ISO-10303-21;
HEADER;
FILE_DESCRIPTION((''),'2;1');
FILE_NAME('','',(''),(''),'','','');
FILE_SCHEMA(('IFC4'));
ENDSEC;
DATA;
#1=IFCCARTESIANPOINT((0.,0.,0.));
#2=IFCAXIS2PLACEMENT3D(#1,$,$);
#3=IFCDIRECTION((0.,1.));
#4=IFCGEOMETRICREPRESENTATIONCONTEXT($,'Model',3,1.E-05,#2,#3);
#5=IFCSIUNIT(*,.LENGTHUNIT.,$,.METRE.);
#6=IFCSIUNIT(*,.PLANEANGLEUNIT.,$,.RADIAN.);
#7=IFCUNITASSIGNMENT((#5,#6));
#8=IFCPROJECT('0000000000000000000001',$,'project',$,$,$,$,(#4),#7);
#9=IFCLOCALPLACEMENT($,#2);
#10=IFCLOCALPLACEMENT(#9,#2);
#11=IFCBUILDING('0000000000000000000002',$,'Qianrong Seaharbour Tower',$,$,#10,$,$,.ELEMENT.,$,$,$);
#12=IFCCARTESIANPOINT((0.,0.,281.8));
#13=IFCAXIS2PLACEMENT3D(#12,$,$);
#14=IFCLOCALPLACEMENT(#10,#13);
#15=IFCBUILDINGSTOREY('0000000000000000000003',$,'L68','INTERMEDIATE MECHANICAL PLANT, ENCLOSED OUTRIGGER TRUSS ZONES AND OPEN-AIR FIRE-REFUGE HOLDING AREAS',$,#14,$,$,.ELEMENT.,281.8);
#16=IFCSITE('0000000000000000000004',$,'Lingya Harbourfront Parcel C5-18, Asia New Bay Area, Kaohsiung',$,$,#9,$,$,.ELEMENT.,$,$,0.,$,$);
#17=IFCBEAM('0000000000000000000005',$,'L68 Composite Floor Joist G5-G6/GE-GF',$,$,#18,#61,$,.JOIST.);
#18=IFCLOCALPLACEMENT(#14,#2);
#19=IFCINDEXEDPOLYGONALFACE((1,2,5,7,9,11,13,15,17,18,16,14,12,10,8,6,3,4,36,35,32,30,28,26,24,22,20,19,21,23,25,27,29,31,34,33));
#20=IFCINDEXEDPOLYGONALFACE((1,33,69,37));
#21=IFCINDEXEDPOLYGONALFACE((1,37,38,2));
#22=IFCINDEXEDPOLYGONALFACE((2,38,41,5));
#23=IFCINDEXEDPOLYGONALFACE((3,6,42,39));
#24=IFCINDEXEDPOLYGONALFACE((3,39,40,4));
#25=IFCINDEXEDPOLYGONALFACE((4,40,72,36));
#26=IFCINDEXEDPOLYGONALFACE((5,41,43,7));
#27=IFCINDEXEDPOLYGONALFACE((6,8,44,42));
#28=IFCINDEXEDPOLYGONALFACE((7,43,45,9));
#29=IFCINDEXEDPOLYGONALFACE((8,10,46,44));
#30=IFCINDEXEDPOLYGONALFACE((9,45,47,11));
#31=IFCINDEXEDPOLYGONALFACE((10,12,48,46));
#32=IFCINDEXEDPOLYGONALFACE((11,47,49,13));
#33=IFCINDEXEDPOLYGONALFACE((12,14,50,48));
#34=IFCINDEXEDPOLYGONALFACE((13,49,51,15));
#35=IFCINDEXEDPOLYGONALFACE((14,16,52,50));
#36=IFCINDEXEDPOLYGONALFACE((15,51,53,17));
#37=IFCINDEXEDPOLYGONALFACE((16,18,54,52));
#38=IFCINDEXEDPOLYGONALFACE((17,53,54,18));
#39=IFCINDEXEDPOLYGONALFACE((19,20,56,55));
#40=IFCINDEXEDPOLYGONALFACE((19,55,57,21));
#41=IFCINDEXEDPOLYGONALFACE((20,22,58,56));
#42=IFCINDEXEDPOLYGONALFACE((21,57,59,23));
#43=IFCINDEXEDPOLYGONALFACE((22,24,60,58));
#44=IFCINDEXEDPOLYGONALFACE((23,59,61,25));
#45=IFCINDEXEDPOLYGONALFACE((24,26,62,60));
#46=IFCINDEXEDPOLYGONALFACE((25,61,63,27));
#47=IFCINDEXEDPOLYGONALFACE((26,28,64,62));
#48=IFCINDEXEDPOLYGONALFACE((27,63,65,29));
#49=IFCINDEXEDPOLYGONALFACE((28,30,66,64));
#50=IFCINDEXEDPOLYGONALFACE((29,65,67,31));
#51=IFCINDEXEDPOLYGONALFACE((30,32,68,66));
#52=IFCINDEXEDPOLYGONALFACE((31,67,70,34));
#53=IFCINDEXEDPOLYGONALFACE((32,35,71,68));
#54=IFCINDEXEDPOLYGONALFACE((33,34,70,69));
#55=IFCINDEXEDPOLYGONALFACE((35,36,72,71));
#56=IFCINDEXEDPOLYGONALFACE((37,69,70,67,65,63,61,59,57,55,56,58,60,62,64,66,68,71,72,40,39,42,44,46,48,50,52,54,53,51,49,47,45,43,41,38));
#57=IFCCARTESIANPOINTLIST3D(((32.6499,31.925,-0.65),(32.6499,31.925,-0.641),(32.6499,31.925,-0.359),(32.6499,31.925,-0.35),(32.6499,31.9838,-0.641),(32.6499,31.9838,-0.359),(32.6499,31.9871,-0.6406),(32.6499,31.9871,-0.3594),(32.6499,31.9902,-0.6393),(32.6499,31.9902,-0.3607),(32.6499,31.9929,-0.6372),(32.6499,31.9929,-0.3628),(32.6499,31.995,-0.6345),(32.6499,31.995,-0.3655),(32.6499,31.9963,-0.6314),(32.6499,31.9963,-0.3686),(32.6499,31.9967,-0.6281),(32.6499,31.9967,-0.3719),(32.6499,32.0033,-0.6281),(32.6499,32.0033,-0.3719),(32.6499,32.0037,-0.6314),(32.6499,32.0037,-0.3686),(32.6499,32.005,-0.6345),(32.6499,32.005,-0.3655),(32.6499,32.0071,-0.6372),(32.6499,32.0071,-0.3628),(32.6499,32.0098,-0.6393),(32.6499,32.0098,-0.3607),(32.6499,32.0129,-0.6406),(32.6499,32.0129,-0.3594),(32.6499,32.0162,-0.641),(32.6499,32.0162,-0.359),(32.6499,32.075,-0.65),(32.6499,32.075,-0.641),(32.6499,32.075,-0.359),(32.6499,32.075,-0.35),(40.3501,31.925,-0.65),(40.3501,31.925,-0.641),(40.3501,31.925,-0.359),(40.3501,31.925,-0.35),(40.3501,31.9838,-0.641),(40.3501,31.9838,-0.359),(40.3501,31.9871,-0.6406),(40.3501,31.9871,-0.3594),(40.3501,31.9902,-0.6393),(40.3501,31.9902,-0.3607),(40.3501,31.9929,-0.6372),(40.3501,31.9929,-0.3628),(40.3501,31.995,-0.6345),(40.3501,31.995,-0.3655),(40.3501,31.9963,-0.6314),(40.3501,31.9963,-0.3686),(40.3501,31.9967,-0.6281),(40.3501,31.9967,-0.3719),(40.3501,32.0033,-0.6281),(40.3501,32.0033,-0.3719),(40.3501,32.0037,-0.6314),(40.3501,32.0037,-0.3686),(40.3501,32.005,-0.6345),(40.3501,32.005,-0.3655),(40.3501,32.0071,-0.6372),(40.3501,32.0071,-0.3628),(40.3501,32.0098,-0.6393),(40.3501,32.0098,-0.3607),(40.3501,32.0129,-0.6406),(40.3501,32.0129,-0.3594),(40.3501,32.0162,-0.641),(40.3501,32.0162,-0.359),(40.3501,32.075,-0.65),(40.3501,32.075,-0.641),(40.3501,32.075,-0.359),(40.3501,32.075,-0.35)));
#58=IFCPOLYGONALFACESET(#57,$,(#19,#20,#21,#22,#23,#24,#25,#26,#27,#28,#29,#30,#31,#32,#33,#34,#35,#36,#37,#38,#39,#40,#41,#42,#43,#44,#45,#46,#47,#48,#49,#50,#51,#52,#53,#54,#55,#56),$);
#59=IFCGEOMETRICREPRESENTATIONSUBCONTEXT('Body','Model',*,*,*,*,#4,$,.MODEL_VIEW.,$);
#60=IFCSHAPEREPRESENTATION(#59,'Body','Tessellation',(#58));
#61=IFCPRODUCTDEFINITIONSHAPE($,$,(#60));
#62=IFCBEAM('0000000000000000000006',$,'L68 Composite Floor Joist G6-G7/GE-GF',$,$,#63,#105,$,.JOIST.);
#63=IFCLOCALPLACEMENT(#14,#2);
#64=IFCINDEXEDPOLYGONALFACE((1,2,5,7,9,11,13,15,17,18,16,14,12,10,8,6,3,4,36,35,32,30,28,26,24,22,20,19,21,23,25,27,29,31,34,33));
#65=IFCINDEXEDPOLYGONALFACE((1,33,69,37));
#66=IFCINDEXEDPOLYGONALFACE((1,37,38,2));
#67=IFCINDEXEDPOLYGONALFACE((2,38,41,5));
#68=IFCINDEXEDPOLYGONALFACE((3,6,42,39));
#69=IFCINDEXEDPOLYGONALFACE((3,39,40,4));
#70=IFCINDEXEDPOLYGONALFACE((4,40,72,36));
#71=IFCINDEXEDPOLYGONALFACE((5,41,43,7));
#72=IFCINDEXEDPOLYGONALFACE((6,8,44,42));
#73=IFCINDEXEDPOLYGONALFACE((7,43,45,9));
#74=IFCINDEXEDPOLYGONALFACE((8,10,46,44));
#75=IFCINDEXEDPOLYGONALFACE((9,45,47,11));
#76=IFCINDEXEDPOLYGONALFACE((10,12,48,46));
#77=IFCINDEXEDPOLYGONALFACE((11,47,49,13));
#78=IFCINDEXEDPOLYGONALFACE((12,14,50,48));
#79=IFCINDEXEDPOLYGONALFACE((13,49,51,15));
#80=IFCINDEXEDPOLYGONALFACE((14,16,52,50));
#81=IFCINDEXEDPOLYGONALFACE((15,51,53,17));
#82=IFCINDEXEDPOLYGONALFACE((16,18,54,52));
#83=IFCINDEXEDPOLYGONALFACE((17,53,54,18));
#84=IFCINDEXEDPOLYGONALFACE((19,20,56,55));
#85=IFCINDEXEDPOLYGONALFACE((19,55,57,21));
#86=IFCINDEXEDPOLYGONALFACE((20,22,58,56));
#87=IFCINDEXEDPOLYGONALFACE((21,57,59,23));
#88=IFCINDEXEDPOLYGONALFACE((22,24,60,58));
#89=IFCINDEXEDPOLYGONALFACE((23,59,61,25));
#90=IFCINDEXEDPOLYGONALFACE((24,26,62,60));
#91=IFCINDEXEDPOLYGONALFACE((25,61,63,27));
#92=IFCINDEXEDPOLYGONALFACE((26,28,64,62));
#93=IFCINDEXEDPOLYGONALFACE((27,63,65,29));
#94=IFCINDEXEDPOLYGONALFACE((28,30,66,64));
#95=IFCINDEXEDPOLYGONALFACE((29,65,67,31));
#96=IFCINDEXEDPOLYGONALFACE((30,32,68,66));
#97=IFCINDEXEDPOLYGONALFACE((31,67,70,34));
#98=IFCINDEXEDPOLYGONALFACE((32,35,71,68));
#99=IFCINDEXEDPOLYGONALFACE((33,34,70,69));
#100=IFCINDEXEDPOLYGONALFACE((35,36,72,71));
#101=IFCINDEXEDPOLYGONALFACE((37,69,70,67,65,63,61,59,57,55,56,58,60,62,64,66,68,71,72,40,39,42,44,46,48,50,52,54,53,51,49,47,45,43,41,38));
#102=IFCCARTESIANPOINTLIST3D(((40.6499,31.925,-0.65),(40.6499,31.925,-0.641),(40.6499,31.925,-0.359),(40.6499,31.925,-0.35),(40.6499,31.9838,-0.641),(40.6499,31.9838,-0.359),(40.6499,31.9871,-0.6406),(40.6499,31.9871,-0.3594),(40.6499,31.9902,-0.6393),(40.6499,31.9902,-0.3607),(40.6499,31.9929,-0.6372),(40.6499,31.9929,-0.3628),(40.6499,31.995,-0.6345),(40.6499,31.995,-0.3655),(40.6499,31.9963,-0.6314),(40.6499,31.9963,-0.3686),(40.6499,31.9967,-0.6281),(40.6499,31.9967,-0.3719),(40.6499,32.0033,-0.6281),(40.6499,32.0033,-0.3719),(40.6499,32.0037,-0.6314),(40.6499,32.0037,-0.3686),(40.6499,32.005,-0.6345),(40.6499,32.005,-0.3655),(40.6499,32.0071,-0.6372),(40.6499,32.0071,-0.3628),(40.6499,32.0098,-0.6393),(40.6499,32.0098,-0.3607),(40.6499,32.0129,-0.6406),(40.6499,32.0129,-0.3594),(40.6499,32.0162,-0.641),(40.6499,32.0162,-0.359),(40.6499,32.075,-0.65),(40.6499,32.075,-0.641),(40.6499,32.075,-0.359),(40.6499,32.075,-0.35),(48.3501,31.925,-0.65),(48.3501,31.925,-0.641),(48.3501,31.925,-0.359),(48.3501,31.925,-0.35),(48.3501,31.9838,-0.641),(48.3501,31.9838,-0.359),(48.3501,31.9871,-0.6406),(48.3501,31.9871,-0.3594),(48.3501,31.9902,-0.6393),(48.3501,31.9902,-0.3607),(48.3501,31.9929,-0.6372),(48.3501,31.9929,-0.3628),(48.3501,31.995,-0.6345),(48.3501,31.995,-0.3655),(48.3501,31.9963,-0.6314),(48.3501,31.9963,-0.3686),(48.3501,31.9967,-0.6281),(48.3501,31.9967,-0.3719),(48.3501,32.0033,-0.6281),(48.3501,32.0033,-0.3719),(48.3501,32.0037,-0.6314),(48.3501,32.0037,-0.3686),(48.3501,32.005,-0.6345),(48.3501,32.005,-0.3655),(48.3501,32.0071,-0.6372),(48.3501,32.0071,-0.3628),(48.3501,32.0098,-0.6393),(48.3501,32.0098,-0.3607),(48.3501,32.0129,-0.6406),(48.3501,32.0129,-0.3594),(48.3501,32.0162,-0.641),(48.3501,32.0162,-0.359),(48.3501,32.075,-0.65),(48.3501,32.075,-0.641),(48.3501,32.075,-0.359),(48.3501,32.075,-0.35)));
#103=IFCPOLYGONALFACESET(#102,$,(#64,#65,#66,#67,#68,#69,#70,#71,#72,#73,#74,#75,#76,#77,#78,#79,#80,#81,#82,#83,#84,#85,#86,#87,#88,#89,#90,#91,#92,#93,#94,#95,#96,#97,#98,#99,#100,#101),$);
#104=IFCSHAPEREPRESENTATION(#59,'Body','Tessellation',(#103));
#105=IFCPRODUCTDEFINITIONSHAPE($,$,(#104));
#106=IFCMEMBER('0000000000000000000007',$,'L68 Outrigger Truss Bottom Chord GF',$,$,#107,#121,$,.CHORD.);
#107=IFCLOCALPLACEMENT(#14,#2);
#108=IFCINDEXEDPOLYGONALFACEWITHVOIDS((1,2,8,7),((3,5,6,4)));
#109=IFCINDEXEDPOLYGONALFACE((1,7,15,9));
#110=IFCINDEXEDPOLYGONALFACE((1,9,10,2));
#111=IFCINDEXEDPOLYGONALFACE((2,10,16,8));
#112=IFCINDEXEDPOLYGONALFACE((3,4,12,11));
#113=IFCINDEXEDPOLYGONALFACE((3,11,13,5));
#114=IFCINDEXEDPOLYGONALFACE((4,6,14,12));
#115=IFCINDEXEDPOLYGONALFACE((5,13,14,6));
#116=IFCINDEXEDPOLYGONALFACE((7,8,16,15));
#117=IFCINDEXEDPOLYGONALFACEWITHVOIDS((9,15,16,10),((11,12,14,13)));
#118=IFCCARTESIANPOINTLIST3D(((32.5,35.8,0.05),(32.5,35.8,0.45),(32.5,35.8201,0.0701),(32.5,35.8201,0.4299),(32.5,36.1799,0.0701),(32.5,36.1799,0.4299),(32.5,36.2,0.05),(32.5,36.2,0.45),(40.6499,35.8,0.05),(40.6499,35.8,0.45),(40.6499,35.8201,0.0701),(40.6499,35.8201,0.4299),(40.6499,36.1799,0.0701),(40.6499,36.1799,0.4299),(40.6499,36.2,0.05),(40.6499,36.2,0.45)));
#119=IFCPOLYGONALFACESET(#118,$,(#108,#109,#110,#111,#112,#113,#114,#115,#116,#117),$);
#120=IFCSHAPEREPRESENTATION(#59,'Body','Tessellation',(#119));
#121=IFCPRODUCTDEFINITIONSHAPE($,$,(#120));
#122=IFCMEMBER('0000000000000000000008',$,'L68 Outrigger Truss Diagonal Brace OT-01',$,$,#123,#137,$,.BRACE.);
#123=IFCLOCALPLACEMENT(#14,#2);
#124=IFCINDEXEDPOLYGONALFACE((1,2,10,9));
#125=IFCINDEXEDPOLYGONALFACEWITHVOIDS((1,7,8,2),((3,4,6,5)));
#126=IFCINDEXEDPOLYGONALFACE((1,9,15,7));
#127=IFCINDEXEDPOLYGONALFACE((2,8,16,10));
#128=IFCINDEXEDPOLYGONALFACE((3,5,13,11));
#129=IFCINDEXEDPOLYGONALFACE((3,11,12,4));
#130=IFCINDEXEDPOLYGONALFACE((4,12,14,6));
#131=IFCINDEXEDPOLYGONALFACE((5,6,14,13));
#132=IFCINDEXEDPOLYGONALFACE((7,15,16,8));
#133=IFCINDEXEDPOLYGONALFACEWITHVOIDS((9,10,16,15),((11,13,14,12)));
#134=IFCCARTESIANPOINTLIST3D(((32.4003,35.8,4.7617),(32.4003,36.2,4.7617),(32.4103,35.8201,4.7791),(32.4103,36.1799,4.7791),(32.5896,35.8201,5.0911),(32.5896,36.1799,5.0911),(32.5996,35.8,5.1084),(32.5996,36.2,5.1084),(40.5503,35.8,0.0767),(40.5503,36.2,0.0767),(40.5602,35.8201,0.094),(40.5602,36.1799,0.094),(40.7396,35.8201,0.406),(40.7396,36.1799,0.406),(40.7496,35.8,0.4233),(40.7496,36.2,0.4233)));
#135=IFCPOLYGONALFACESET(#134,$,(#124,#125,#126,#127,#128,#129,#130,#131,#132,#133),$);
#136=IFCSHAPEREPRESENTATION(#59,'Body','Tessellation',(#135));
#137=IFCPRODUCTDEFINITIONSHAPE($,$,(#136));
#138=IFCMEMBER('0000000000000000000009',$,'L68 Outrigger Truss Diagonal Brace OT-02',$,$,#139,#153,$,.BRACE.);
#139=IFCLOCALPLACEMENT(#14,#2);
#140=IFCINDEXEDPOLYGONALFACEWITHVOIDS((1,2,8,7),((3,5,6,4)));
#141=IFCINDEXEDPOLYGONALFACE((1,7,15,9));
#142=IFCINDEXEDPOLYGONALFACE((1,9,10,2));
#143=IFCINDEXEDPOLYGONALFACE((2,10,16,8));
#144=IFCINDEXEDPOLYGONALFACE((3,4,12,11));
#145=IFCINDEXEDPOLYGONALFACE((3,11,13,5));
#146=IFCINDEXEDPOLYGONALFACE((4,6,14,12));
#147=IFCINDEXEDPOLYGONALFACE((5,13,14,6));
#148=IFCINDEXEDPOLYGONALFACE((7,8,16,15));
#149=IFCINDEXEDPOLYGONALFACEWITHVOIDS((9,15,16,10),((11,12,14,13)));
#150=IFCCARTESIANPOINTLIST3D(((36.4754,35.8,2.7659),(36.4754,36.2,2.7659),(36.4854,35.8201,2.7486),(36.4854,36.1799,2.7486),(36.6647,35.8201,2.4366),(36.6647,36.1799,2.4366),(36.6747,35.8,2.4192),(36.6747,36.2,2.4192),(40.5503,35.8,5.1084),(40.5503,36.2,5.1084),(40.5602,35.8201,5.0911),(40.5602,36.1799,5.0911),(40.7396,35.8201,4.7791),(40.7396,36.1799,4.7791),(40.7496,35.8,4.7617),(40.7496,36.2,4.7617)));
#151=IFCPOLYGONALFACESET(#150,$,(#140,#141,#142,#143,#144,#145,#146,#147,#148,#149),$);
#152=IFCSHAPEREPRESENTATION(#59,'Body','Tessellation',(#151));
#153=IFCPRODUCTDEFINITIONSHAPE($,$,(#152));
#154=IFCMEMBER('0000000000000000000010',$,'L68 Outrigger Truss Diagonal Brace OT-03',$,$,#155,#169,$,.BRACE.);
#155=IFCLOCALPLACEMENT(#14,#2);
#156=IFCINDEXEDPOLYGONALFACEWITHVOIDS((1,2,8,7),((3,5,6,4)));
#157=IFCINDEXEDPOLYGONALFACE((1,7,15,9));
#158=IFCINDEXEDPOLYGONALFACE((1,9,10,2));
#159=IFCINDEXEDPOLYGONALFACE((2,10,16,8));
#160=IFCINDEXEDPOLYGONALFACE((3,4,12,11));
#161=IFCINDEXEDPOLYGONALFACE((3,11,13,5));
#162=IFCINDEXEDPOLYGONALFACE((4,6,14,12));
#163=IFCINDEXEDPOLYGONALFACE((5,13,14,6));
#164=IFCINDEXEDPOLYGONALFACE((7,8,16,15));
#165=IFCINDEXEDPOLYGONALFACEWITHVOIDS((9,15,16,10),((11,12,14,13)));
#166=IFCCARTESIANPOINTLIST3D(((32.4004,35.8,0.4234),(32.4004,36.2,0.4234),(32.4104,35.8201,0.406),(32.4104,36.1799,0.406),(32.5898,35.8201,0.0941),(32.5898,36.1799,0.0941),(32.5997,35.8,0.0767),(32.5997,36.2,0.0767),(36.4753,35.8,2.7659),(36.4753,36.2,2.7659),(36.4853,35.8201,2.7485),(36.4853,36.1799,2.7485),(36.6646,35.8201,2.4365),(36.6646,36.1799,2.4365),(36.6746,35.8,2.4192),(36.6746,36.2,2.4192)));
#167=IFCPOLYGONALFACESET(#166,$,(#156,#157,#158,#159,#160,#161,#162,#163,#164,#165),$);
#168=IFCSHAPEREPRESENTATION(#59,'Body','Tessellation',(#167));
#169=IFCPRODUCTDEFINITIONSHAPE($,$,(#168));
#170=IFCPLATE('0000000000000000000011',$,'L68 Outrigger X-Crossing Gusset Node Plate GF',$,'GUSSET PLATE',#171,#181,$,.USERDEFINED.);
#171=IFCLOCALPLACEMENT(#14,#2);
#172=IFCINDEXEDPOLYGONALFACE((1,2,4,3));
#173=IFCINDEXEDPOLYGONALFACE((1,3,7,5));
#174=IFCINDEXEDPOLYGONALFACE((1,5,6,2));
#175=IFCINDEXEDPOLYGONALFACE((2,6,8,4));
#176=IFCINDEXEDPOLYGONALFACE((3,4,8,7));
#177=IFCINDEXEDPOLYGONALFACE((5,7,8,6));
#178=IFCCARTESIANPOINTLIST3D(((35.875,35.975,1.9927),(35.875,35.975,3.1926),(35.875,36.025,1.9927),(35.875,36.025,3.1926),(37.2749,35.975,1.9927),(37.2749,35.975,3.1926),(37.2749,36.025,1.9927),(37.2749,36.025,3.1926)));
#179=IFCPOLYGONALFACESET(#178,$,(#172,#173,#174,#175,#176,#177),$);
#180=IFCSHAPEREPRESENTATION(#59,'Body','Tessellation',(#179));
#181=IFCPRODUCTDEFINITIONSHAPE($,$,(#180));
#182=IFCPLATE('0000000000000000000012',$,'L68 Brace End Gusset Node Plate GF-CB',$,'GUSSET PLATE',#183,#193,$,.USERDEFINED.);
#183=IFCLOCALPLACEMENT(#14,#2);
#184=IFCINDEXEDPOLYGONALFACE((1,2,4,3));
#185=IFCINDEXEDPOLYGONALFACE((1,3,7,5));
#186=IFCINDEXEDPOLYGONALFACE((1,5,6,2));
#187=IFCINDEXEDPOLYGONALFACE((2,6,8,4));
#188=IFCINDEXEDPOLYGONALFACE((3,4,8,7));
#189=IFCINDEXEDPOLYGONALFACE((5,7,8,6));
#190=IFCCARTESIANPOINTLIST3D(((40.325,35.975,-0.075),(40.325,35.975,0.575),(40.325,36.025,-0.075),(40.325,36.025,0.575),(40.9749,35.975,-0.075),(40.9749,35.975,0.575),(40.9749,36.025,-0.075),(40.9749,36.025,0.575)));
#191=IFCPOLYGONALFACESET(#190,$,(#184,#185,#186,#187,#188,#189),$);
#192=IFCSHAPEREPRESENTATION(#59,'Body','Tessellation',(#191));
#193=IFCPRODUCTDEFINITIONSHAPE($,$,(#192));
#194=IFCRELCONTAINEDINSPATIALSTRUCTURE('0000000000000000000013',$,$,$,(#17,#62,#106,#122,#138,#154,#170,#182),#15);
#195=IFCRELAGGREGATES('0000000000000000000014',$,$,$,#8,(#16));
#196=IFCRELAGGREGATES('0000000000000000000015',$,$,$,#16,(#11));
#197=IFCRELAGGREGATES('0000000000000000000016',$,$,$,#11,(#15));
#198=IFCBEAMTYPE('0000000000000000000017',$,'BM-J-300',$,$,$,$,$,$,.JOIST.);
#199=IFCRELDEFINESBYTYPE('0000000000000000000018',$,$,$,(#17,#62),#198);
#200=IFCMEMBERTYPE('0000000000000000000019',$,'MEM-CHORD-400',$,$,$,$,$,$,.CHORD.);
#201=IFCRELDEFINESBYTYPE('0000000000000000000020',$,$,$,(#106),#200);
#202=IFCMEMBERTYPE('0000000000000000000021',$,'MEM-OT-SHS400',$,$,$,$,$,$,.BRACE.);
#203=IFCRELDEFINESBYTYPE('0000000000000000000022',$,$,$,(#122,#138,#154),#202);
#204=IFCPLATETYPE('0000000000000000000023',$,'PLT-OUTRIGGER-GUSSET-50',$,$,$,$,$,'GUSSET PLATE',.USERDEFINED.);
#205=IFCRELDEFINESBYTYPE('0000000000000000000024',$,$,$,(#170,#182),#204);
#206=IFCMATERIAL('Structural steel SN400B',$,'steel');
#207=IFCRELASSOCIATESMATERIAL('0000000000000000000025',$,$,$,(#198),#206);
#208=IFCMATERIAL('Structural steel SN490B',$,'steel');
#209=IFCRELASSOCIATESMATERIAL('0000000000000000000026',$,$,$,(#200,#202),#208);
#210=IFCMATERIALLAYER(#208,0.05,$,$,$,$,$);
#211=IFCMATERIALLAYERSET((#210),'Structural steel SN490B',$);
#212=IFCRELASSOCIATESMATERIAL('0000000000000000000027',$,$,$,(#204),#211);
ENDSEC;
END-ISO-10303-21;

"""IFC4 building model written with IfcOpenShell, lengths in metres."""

from ifc_helpers import new_model, si_unit, direction, frame, origin, origin_2d, place, context, subcontext, project, spatial, rectangle, hollow_rectangle, i_section, extrude, material, layer, layer_set, material_profile, profile_set, type_object, element, save


model = new_model("IFC4")

# Units and contexts
model_context = context("Model", 3, precision=1e-05, world=origin(), true_north=direction((0.0, 1.0)))
body_context = subcontext(model_context, "Body", "Model", "MODEL_VIEW")
ifc_project = project(units=[si_unit("LENGTHUNIT", "METRE"), si_unit("PLANEANGLEUNIT", "RADIAN")], contexts=[model_context])

# Site, building, storey
site_placement = place(None, origin())
site = spatial("IfcSite", under=ifc_project, at=site_placement, Name="Lingya Harbourfront Parcel C5-18, Asia New Bay Area, Kaohsiung", CompositionType="ELEMENT", RefElevation=0.0)
building_placement = place(site_placement, origin())
building = spatial("IfcBuilding", under=site, at=building_placement, Name="Qianrong Seaharbour Tower", CompositionType="ELEMENT")
storey_placement = place(building_placement, frame((0.0, 0.0, 281.8)))
storey = spatial("IfcBuildingStorey", under=building, at=storey_placement, Name="L68", Description="INTERMEDIATE MECHANICAL PLANT, ENCLOSED OUTRIGGER TRUSS ZONES AND OPEN-AIR FIRE-REFUGE HOLDING AREAS", CompositionType="ELEMENT", Elevation=281.8)

# Shared definitions
ifc_material_1 = material(Name="Structural steel SN490B", Category="steel")

# Beams
ifc_material_2 = material(Name="Structural steel SN400B", Category="steel")
ifc_material_profile_1 = material_profile(ifc_material_2, i_section(OverallWidth=0.1499, OverallDepth=0.3, WebThickness=0.0066, FlangeThickness=0.009, FilletRadius=0.0129, at=origin_2d()), Name="H300x150x6.5x9")
ifc_profile_set_1 = profile_set([ifc_material_profile_1], Name="Structural steel SN400B")
beam_type_1 = type_object("IfcBeamType", Name="BM-J-300", PredefinedType="JOIST", material=ifc_profile_set_1)
for number, where, z_axis, x_axis, name in (
    (1, (32.6499, 32.0, -0.5), (1.0, 0.0, 0.0), (0.0, 1.0, 0.0), "L68 Composite Floor Joist G5-G6/GE-GF"),
    (2, (40.6499, 32.0, -0.5), (1.0, 0.0, 0.0), (0.0, 1.0, 0.0), "L68 Composite Floor Joist G6-G7/GE-GF"),
):
    element("IfcBeam", number, at=place(storey_placement, frame(where, z_axis=z_axis, x_axis=x_axis)), inside=storey, type_object=beam_type_1, Name=name, PredefinedType="JOIST", context=body_context, shape_type="SweptSolid", body=[
        extrude(i_section(OverallWidth=0.1499, OverallDepth=0.3, WebThickness=0.0066, FlangeThickness=0.009, FilletRadius=0.0129, at=origin_2d()), origin(), (0.0, 0.0, 1.0), 7.7002),
    ])

# Members
ifc_material_profile_2 = material_profile(ifc_material_1, hollow_rectangle(XDim=0.3999, YDim=0.3999, WallThickness=0.02, at=origin_2d()), Name="SHS400x400x20")
ifc_profile_set_2 = profile_set([ifc_material_profile_2], Name="Structural steel SN490B")
member_type_1 = type_object("IfcMemberType", Name="MEM-CHORD-400", PredefinedType="CHORD", material=ifc_profile_set_2)
member_1_placement = place(storey_placement, frame((32.5, 36.0, 0.25), z_axis=(1.0, 0.0, 0.0), x_axis=(0.0, 1.0, 0.0)))
element("IfcMember", 3, at=member_1_placement, inside=storey, type_object=member_type_1, Name="L68 Outrigger Truss Bottom Chord GF", PredefinedType="CHORD", context=body_context, shape_type="SweptSolid", body=[
    extrude(hollow_rectangle(XDim=0.3999, YDim=0.3999, WallThickness=0.02, at=origin_2d()), origin(), (0.0, 0.0, 1.0), 8.1499),
])
ifc_material_profile_3 = material_profile(ifc_material_1, hollow_rectangle(XDim=0.3999, YDim=0.3999, WallThickness=0.02, at=origin_2d()), Name="SHS400x400x20")
ifc_profile_set_3 = profile_set([ifc_material_profile_3], Name="Structural steel SN490B")
member_type_2 = type_object("IfcMemberType", Name="MEM-OT-SHS400", PredefinedType="BRACE", material=ifc_profile_set_3)
member_2_placement = place(storey_placement, frame((40.6499, 36.0, 0.25), z_axis=(-0.866958, 0.0, 0.49838), x_axis=(0.0, -1.0, 0.0)))
element("IfcMember", 4, at=member_2_placement, inside=storey, type_object=member_type_2, Name="L68 Outrigger Truss Diagonal Brace OT-01", PredefinedType="BRACE", context=body_context, shape_type="SweptSolid", body=[
    extrude(hollow_rectangle(XDim=0.3999, YDim=0.3999, WallThickness=0.02, at=origin_2d()), origin(), (0.0, 0.0, 1.0), 9.4006),
])
for number, where, z_axis, x_axis, name in (
    (5, (40.6499, 36.0, 4.9351), (-0.866958, 0.0, -0.49838), (0.0, -1.0, 0.0), "L68 Outrigger Truss Diagonal Brace OT-02"),
    (6, (36.575, 36.0, 2.5925), (-0.866958, 0.0, -0.49838), (0.0, -1.0, 0.0), "L68 Outrigger Truss Diagonal Brace OT-03"),
):
    element("IfcMember", number, at=place(storey_placement, frame(where, z_axis=z_axis, x_axis=x_axis)), inside=storey, type_object=member_type_2, Name=name, PredefinedType="BRACE", context=body_context, shape_type="SweptSolid", body=[
        extrude(hollow_rectangle(XDim=0.3999, YDim=0.3999, WallThickness=0.02, at=origin_2d()), origin(), (0.0, 0.0, 1.0), 4.7002),
    ])

# Plates
ifc_layer_1 = layer(ifc_material_1, 0.05)
ifc_layer_set_1 = layer_set([ifc_layer_1], Name="Structural steel SN490B")
plate_type = type_object("IfcPlateType", Name="PLT-OUTRIGGER-GUSSET-50", ElementType="GUSSET PLATE", PredefinedType="USERDEFINED", material=ifc_layer_set_1)
plate_placement = place(storey_placement, frame((36.575, 36.0, 1.9927), z_axis=(0.0, 0.0, 1.0), x_axis=(1.0, 0.0, 0.0)))
element("IfcPlate", 7, at=plate_placement, inside=storey, type_object=plate_type, Name="L68 Outrigger X-Crossing Gusset Node Plate GF", ObjectType="GUSSET PLATE", PredefinedType="USERDEFINED", context=body_context, shape_type="SweptSolid", body=[
    extrude(rectangle(XDim=1.3999, YDim=0.05, at=origin_2d()), origin(), (0.0, 0.0, 1.0), 1.2),
])
for number, where, z_axis, x_axis, name in (
    (8, (40.6499, 36.0, -0.075), (0.0, 0.0, 1.0), (1.0, 0.0, 0.0), "L68 Brace End Gusset Node Plate GF-CB"),
):
    element("IfcPlate", number, at=place(storey_placement, frame(where, z_axis=z_axis, x_axis=x_axis)), inside=storey, type_object=plate_type, Name=name, ObjectType="GUSSET PLATE", PredefinedType="USERDEFINED", context=body_context, shape_type="SweptSolid", body=[
        extrude(rectangle(XDim=0.6499, YDim=0.05, at=origin_2d()), origin(), (0.0, 0.0, 1.0), 0.6499),
    ])

save(model, "model.ifc")
